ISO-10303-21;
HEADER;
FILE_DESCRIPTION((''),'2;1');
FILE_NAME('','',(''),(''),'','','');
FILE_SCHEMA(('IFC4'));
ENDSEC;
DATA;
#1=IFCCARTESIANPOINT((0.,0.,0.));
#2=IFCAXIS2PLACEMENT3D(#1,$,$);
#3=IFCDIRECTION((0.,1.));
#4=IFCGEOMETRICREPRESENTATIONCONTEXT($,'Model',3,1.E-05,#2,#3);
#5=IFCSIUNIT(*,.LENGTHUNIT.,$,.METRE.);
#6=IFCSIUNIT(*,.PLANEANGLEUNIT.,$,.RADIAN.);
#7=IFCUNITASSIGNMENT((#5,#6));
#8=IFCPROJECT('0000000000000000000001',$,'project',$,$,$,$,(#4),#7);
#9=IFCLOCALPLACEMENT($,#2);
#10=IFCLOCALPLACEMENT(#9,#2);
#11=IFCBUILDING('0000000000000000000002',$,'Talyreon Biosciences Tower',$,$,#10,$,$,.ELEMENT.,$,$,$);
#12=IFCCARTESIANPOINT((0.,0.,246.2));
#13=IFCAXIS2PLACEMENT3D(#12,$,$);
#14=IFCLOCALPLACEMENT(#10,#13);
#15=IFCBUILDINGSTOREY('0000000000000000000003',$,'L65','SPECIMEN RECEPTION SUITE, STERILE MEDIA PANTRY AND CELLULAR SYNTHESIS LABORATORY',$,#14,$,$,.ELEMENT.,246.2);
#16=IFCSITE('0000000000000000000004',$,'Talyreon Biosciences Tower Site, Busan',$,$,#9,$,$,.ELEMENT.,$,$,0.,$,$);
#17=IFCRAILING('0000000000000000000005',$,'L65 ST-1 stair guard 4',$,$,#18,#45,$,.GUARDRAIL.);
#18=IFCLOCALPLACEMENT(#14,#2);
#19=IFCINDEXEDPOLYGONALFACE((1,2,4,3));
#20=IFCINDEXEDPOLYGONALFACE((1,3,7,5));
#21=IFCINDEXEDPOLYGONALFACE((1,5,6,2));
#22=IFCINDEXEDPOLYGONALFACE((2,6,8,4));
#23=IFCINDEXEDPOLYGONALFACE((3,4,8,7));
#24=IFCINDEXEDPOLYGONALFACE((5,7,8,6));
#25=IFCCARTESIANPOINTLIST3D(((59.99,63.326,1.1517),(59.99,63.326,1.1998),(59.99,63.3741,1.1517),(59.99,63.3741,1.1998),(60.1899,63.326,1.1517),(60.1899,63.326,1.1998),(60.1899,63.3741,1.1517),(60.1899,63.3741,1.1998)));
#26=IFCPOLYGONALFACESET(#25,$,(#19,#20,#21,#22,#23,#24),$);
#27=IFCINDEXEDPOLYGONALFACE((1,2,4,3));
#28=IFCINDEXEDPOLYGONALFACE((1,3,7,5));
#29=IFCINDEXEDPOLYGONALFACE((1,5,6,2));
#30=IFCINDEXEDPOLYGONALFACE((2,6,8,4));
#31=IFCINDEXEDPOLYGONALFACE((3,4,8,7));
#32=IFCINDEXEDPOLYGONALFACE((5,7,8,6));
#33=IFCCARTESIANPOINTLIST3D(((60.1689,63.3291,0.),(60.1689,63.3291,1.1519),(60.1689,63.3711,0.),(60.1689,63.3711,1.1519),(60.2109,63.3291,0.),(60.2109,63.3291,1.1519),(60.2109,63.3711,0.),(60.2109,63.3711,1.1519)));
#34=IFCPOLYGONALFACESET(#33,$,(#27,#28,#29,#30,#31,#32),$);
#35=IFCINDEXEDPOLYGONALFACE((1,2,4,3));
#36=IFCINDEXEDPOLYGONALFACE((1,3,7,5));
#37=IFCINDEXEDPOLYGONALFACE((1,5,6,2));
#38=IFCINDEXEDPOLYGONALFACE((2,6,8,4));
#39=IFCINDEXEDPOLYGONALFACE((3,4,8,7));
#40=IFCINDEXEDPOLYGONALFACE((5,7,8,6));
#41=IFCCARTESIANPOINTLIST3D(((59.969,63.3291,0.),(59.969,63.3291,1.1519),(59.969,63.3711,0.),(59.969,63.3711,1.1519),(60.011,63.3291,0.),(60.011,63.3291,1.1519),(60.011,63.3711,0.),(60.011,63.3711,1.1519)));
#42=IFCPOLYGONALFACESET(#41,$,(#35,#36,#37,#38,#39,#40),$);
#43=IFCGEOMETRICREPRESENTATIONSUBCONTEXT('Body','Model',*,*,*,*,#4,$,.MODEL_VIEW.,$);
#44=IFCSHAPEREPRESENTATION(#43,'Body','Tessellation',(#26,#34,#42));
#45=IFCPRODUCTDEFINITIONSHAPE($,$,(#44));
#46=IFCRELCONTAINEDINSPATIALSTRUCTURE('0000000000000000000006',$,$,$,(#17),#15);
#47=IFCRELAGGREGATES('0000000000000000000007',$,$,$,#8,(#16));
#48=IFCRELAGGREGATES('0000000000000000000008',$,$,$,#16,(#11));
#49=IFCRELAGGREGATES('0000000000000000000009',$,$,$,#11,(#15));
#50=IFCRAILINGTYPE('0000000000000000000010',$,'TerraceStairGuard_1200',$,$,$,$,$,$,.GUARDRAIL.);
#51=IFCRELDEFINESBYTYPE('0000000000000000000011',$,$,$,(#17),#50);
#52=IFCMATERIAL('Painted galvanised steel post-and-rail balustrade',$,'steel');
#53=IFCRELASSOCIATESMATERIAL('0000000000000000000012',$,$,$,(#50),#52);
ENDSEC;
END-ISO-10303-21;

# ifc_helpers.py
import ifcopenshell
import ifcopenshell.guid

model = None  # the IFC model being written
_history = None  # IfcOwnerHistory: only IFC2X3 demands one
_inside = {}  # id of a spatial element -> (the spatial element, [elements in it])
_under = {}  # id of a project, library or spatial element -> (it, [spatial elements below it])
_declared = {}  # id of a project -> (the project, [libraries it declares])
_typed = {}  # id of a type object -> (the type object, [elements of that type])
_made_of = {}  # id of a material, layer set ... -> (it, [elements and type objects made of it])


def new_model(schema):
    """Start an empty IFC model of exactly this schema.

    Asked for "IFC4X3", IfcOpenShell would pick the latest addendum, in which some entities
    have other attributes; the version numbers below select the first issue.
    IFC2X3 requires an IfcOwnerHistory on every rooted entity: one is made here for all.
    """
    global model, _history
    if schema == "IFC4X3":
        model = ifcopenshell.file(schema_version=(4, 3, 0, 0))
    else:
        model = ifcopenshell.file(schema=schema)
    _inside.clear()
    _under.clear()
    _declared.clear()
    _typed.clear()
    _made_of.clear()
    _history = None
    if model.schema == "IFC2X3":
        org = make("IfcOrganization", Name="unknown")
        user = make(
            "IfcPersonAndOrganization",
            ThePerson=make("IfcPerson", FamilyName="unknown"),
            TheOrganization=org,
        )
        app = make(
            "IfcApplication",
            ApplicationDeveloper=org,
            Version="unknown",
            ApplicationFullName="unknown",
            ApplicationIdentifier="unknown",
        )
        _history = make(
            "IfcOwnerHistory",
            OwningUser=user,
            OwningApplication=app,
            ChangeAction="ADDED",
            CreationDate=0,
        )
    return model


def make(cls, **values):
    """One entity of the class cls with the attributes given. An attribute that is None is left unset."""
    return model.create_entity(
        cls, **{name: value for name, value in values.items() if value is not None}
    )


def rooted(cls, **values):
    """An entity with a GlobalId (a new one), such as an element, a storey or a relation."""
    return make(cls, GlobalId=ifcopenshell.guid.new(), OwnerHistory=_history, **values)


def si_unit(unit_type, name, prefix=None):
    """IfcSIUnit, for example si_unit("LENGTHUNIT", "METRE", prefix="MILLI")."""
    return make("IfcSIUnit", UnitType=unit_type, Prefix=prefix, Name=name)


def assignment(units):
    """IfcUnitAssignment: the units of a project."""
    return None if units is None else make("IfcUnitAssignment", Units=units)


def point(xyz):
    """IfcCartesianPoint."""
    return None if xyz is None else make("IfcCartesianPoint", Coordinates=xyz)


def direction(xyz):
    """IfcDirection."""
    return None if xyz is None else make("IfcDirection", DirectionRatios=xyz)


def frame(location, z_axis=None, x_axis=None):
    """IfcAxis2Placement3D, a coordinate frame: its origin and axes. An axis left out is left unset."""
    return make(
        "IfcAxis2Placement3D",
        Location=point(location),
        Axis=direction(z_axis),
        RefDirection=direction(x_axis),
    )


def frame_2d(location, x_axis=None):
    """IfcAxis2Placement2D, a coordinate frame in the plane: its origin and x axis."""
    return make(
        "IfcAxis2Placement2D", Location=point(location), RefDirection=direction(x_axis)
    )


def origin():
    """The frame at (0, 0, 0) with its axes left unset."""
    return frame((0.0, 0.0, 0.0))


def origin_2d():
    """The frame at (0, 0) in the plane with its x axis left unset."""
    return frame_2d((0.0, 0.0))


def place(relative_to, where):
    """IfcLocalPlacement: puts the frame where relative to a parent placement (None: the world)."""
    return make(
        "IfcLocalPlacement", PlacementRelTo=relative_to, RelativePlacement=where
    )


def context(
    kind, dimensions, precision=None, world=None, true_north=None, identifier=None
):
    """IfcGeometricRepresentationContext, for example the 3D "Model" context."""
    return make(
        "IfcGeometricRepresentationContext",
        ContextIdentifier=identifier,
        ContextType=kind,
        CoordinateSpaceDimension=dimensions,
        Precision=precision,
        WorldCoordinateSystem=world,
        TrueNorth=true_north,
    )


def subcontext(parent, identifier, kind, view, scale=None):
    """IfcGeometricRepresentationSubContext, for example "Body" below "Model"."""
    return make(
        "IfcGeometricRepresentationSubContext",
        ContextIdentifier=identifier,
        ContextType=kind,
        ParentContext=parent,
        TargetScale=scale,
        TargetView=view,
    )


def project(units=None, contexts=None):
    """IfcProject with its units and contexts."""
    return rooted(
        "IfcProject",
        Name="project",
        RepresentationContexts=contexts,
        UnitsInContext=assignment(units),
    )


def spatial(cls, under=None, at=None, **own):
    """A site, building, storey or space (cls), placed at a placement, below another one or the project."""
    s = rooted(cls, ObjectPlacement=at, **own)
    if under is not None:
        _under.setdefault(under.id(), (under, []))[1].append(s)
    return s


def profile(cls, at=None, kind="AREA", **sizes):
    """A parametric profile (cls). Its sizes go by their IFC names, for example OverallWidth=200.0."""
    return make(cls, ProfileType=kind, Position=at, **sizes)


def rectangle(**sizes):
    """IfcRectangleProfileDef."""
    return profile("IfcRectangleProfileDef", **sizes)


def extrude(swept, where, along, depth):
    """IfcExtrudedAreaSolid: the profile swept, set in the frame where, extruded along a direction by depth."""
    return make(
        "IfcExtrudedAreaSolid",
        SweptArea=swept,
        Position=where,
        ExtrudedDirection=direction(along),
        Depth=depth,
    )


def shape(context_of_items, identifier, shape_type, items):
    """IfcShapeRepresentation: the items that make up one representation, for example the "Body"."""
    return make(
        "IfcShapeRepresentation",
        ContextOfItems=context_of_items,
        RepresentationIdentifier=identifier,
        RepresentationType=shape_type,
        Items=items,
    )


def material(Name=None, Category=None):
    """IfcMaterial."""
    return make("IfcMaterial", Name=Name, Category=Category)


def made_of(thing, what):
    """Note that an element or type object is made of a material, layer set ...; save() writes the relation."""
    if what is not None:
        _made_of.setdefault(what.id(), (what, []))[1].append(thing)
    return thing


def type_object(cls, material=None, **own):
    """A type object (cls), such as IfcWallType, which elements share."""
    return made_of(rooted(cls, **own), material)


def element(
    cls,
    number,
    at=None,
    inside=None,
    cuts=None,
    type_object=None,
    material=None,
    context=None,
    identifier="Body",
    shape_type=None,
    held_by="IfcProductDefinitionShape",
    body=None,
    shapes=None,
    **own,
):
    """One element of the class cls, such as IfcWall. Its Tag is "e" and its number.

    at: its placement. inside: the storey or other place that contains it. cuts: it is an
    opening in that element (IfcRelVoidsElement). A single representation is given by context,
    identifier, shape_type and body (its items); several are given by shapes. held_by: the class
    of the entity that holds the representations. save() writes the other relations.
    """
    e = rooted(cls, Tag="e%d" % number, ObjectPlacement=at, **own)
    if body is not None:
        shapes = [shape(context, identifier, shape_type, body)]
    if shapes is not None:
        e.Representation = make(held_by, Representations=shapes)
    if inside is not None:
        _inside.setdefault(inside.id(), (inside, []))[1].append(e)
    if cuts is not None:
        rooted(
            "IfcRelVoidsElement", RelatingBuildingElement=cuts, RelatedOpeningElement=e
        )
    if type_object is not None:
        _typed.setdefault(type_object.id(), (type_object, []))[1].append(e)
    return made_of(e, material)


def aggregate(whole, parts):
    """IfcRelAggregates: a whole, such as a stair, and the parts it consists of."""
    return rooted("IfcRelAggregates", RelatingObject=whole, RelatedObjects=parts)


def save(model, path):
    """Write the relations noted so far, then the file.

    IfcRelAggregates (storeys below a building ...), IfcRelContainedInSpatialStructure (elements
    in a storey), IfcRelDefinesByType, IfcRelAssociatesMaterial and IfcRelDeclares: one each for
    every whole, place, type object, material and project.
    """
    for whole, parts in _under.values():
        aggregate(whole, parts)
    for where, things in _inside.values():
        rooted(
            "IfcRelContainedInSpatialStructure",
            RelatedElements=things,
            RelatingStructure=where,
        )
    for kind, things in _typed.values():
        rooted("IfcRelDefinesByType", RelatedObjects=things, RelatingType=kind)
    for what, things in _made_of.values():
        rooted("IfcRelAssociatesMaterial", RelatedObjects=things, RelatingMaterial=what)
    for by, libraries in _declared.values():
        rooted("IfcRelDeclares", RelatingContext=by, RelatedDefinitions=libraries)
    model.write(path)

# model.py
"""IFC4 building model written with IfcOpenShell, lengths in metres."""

from ifc_helpers import new_model, si_unit, direction, frame, origin, origin_2d, place, context, subcontext, project, spatial, rectangle, extrude, material, type_object, element, save


model = new_model("IFC4")

# Units and contexts
model_context = context("Model", 3, precision=1e-05, world=origin(), true_north=direction((0.0, 1.0)))
body_context = subcontext(model_context, "Body", "Model", "MODEL_VIEW")
ifc_project = project(units=[si_unit("LENGTHUNIT", "METRE"), si_unit("PLANEANGLEUNIT", "RADIAN")], contexts=[model_context])

# Site, building, storey
site_placement = place(None, origin())
site = spatial("IfcSite", under=ifc_project, at=site_placement, Name="Talyreon Biosciences Tower Site, Busan", CompositionType="ELEMENT", RefElevation=0.0)
building_placement = place(site_placement, origin())
building = spatial("IfcBuilding", under=site, at=building_placement, Name="Talyreon Biosciences Tower", CompositionType="ELEMENT")
storey_placement = place(building_placement, frame((0.0, 0.0, 246.2)))
storey = spatial("IfcBuildingStorey", under=building, at=storey_placement, Name="L65", Description="SPECIMEN RECEPTION SUITE, STERILE MEDIA PANTRY AND CELLULAR SYNTHESIS LABORATORY", CompositionType="ELEMENT", Elevation=246.2)

# Railing
ifc_material_1 = material(Name="Painted galvanised steel post-and-rail balustrade", Category="steel")
railing_type_1 = type_object("IfcRailingType", Name="TerraceStairGuard_1200", PredefinedType="GUARDRAIL", material=ifc_material_1)
railing_1_placement = place(storey_placement, frame((60.1899, 63.3501, 0.0)))
element("IfcRailing", 1, at=railing_1_placement, inside=storey, type_object=railing_type_1, Name="L65 ST-1 stair guard 4", PredefinedType="GUARDRAIL", context=body_context, shape_type="SweptSolid", body=[
    extrude(rectangle(XDim=0.0481, YDim=0.0481, at=origin_2d()), frame((0.0, 0.0, 1.1758), z_axis=(-1.0, 0.0, 0.0), x_axis=(0.0, -1.0, 0.0)), (0.0, 0.0, 1.0), 0.2),
    extrude(rectangle(XDim=0.042, YDim=0.042, at=origin_2d()), origin(), (0.0, 0.0, 1.0), 1.1519),
    extrude(rectangle(XDim=0.042, YDim=0.042, at=origin_2d()), frame((-0.2, 0.0, 0.0)), (0.0, 0.0, 1.0), 1.1519),
])

save(model, "model.ifc")
